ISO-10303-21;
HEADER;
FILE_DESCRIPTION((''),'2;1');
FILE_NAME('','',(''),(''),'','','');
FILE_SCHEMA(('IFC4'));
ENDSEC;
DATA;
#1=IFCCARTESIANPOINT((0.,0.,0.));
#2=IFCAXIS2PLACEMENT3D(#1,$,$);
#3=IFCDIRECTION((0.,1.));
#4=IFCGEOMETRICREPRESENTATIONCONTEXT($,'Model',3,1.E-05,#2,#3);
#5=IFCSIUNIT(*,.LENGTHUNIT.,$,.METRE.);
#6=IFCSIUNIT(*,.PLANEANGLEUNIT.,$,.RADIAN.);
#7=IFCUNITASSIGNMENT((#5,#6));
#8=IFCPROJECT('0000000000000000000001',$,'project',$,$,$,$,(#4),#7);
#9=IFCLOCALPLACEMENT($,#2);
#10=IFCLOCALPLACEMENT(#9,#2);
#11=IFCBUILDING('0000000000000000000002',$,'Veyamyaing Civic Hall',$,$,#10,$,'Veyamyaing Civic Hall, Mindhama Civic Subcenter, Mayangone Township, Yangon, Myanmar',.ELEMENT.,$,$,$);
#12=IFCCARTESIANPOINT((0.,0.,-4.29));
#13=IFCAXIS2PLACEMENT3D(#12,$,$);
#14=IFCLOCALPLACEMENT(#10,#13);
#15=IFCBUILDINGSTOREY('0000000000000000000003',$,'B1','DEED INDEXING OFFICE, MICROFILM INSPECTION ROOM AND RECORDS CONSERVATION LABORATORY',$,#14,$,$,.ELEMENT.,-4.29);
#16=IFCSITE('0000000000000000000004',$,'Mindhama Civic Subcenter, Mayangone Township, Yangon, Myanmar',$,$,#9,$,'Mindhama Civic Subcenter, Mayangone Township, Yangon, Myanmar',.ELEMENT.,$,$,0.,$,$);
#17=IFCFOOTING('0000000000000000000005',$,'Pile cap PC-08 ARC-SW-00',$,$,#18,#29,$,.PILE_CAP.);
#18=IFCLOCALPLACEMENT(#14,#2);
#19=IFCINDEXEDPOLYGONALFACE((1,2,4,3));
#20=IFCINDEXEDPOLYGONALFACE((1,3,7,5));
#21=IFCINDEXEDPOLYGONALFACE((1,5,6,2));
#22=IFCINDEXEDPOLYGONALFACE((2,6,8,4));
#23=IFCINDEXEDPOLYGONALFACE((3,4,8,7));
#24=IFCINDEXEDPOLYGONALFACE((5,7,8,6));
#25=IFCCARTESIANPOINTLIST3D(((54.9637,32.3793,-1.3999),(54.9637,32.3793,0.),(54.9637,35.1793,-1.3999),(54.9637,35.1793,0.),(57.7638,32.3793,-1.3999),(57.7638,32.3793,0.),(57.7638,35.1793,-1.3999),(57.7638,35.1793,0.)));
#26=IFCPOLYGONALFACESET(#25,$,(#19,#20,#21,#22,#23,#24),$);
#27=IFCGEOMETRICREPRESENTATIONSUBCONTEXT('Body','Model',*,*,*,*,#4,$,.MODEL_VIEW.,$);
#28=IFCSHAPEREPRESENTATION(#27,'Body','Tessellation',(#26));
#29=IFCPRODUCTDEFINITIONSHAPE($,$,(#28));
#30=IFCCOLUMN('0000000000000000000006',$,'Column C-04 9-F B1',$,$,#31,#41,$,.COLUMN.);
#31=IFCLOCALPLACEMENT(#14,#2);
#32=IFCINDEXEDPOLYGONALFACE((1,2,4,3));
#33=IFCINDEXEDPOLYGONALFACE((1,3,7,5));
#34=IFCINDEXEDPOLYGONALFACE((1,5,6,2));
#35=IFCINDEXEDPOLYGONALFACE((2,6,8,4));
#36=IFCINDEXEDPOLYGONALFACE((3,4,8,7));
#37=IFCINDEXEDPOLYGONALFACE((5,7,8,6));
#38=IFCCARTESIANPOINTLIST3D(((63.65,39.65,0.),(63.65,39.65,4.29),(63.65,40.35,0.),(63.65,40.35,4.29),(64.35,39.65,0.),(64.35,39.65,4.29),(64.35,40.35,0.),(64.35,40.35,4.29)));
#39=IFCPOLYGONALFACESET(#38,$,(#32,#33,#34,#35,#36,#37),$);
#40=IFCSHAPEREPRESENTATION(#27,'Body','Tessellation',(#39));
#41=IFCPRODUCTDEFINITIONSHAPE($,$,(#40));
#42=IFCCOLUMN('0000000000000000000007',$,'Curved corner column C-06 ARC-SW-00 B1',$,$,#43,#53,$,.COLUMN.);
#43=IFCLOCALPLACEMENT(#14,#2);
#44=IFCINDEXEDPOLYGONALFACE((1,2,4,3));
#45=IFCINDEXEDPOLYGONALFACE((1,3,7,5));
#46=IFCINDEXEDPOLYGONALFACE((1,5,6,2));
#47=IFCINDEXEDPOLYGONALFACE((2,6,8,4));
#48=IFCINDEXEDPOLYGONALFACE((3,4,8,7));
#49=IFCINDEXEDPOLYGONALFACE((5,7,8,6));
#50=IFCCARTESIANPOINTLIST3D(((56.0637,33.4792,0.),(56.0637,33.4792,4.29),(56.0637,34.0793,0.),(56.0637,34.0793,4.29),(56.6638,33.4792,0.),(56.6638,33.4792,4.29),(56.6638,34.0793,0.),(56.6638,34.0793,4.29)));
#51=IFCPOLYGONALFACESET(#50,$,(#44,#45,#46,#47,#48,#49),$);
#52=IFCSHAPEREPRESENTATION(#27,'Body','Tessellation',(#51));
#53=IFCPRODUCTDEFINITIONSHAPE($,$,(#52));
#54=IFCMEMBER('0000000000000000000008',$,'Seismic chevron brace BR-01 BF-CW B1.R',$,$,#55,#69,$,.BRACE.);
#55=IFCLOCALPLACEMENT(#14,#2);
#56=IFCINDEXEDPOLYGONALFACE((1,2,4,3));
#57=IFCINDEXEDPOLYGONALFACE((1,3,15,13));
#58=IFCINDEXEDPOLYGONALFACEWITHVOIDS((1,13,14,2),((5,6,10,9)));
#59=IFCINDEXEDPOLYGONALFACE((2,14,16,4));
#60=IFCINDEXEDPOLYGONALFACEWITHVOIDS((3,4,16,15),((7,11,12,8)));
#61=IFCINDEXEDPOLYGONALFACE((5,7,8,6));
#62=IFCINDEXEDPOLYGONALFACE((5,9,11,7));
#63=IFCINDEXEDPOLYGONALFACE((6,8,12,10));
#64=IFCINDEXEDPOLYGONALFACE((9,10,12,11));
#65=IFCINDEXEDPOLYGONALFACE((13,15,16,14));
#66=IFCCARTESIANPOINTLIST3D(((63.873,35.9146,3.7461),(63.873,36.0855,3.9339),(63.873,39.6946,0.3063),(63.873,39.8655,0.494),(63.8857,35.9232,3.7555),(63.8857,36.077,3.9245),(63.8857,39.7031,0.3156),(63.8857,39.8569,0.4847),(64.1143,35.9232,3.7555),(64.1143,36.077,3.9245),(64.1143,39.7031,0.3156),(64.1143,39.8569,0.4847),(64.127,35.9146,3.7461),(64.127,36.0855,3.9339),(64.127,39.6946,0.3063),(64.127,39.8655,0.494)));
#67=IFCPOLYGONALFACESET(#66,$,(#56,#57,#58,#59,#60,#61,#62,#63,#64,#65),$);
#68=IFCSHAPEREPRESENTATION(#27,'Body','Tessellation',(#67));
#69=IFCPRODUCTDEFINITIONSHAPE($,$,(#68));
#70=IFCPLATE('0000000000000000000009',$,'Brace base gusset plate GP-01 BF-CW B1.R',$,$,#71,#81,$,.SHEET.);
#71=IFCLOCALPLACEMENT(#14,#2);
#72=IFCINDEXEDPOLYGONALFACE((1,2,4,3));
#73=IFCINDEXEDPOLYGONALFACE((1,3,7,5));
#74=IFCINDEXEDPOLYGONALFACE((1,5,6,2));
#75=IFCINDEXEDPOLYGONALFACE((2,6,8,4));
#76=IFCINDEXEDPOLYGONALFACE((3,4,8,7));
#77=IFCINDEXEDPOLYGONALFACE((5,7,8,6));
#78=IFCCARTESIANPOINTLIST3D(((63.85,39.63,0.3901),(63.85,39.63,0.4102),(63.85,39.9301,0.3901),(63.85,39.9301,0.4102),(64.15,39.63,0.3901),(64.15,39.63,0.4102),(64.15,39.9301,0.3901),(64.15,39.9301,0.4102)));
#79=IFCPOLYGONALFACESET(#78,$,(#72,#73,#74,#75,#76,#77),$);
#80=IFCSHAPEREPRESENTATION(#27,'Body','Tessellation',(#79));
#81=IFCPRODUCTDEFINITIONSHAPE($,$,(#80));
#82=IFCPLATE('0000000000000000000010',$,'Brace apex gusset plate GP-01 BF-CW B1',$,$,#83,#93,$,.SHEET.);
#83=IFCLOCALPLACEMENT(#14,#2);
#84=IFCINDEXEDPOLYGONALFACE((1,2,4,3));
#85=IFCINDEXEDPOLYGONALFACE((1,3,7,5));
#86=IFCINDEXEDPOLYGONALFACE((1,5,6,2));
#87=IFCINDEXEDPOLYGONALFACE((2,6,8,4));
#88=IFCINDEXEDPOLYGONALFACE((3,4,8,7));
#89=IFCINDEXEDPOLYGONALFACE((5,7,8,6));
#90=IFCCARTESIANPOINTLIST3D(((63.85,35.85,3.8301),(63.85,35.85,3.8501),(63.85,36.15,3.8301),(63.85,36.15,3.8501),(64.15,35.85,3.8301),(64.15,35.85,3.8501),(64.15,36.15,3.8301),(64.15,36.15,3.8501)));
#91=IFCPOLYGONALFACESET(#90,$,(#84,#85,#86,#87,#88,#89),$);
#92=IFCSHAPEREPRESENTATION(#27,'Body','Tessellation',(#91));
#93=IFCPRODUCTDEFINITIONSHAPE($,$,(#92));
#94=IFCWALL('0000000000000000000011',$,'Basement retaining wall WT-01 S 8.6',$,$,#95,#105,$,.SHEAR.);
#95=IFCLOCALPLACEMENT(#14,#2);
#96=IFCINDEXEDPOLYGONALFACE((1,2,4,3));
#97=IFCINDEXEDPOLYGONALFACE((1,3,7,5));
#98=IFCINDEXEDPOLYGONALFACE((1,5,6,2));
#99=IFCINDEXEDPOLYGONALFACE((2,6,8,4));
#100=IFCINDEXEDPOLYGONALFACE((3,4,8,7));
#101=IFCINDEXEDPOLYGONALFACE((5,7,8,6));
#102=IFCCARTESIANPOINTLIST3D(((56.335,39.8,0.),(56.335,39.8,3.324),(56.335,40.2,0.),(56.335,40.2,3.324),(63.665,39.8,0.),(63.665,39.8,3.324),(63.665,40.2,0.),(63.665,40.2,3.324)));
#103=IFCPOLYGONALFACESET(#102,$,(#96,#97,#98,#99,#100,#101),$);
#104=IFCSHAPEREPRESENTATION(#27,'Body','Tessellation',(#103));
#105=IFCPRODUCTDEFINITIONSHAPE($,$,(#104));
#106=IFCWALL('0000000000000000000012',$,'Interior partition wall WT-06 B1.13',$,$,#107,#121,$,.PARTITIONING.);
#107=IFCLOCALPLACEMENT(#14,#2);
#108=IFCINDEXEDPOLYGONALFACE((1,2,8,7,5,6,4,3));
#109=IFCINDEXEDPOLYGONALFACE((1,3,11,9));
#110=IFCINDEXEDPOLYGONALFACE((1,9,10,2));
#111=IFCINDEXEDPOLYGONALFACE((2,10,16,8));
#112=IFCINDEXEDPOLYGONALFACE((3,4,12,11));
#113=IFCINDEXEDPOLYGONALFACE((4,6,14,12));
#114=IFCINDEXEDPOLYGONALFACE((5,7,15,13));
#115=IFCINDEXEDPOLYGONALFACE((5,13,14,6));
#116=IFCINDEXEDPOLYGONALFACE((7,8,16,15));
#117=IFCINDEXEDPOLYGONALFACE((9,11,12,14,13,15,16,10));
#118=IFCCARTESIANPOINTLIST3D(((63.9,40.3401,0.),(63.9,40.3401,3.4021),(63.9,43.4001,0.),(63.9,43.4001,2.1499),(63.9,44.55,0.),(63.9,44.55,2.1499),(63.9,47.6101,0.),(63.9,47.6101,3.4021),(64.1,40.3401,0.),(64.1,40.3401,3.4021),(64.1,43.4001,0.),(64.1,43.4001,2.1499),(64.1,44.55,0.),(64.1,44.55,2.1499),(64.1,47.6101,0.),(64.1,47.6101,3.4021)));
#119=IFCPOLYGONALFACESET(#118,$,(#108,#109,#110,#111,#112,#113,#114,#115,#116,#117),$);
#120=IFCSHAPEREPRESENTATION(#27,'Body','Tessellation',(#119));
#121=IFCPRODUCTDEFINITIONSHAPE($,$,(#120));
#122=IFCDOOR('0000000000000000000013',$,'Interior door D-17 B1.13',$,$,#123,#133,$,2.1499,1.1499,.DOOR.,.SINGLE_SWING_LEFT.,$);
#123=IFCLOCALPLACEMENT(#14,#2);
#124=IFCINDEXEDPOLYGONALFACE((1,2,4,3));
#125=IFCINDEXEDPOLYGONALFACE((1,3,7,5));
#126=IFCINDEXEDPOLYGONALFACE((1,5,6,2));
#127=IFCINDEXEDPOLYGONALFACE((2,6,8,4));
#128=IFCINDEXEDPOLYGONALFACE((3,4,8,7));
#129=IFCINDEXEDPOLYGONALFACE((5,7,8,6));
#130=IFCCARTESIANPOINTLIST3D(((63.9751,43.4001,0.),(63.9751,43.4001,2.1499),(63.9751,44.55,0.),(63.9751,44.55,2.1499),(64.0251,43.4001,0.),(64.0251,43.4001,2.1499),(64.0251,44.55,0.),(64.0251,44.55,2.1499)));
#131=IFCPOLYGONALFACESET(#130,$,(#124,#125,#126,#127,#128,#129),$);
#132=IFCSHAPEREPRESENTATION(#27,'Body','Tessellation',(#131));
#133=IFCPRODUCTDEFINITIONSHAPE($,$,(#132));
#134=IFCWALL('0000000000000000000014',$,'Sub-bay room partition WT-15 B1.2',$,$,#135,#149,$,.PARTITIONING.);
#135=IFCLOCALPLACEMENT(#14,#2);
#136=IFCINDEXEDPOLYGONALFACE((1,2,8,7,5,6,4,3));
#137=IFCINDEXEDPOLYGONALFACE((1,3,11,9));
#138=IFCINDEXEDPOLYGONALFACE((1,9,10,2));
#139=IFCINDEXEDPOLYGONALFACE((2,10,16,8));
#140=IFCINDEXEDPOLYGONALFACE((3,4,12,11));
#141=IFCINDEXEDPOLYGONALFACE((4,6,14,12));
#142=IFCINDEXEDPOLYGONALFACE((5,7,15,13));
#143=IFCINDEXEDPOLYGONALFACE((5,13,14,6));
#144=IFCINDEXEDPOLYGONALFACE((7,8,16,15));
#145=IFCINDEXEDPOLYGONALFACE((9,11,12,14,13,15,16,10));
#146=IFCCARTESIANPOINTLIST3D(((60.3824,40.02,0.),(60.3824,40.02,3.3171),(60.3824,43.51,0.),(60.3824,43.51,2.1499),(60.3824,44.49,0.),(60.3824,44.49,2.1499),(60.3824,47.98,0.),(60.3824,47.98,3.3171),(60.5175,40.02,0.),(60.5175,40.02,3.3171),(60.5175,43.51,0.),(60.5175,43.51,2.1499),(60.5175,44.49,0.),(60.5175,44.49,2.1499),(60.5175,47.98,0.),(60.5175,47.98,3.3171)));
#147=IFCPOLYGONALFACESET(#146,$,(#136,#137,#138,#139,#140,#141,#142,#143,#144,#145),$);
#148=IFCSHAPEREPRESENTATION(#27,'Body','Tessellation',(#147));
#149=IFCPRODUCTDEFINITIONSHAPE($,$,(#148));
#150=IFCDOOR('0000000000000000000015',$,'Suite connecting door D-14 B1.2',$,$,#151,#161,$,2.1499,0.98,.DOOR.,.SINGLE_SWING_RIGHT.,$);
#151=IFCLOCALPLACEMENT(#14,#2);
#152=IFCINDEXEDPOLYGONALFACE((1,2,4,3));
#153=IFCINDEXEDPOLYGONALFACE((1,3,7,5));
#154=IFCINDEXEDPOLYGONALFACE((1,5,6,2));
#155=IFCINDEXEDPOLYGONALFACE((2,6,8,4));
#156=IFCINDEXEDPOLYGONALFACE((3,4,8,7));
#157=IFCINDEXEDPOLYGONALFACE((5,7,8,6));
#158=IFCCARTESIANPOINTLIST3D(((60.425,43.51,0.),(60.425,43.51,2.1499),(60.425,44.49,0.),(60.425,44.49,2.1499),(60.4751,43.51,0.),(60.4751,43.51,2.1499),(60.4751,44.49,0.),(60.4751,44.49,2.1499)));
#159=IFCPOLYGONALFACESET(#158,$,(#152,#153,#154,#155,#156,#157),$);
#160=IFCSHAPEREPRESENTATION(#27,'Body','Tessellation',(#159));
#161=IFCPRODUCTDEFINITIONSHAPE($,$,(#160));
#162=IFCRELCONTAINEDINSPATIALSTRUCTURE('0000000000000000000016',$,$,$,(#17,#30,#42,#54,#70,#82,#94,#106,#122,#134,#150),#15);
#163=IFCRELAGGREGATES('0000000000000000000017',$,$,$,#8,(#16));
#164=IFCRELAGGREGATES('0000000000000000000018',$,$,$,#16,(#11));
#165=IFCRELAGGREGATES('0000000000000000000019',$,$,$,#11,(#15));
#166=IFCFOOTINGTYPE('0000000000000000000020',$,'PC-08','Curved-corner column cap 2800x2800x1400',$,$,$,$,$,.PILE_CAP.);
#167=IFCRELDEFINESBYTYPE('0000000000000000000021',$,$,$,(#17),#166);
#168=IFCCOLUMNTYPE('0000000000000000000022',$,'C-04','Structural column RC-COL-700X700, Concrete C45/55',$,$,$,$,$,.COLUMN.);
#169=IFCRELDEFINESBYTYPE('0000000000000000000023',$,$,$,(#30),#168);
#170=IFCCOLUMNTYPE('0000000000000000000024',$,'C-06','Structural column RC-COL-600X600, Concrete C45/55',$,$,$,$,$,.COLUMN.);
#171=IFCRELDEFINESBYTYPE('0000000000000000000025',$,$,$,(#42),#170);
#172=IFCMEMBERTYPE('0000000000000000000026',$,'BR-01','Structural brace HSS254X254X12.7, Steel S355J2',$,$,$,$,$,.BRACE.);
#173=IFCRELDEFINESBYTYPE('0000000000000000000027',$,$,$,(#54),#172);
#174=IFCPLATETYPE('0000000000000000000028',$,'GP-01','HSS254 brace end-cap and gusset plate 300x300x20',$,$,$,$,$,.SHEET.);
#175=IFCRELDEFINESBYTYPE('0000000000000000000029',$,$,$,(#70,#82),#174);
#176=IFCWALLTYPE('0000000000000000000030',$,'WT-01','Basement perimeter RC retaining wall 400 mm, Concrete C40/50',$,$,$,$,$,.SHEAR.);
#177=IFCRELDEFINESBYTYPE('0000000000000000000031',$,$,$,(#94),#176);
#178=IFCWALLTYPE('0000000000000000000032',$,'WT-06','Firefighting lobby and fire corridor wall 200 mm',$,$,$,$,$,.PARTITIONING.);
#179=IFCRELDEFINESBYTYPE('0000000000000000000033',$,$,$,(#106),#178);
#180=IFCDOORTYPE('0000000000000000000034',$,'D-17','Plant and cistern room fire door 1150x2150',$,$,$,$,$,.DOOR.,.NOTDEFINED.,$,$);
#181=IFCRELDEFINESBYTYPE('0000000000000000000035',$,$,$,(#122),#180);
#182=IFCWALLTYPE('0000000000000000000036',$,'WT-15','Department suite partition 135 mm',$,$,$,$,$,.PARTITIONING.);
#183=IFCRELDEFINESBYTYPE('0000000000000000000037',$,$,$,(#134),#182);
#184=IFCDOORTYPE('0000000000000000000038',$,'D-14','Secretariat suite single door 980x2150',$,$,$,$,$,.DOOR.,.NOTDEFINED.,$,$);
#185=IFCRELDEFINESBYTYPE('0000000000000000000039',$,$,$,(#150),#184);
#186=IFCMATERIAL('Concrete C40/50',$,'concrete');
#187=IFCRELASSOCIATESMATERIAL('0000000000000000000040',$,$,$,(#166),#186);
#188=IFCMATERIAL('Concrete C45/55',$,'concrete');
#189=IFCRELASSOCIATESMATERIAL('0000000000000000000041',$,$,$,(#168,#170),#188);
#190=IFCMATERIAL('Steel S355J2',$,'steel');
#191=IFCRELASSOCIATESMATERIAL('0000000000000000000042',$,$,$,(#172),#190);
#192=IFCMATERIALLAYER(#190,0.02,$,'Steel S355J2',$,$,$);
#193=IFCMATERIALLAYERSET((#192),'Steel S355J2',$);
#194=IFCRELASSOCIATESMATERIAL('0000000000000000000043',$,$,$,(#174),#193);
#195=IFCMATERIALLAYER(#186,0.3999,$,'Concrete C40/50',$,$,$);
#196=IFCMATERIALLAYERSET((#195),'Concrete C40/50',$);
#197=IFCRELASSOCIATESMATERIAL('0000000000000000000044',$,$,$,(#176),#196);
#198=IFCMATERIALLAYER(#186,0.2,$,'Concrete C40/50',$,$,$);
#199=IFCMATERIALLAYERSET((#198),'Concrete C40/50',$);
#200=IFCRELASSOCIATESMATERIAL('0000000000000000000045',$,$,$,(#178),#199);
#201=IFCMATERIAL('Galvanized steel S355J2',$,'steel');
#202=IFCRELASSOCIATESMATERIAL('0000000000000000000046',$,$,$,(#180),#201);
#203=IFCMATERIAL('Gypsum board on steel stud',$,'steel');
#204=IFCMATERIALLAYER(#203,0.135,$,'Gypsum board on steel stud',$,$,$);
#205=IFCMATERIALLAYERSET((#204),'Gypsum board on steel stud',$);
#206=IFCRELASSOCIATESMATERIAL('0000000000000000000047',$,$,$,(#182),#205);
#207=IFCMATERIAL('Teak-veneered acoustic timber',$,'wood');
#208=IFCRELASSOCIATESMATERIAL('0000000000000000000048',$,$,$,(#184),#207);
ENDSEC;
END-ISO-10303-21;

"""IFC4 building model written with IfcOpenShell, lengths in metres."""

from ifc_helpers import new_model, si_unit, direction, frame, frame_2d, origin, origin_2d, place, context, subcontext, project, spatial, rectangle, hollow_rectangle, extrude, material, layer, layer_set, material_profile, profile_set, type_object, element, fill, save


model = new_model("IFC4")

# Units and contexts
model_context = context("Model", 3, precision=1e-05, world=origin(), true_north=direction((0.0, 1.0)))
body_context = subcontext(model_context, "Body", "Model", "MODEL_VIEW")
ifc_project = project(units=[si_unit("LENGTHUNIT", "METRE"), si_unit("PLANEANGLEUNIT", "RADIAN")], contexts=[model_context])

# Site, building, storey
site_placement = place(None, origin())
site = spatial("IfcSite", under=ifc_project, at=site_placement, Name="Mindhama Civic Subcenter, Mayangone Township, Yangon, Myanmar", LongName="Mindhama Civic Subcenter, Mayangone Township, Yangon, Myanmar", CompositionType="ELEMENT", RefElevation=0.0)
building_placement = place(site_placement, origin())
building = spatial("IfcBuilding", under=site, at=building_placement, Name="Veyamyaing Civic Hall", LongName="Veyamyaing Civic Hall, Mindhama Civic Subcenter, Mayangone Township, Yangon, Myanmar", CompositionType="ELEMENT")
storey_placement = place(building_placement, frame((0.0, 0.0, -4.29)))
storey = spatial("IfcBuildingStorey", under=building, at=storey_placement, Name="B1", Description="DEED INDEXING OFFICE, MICROFILM INSPECTION ROOM AND RECORDS CONSERVATION LABORATORY", CompositionType="ELEMENT", Elevation=-4.29)

# Shared definitions
ifc_material_1 = material(Name="Concrete C40/50", Category="concrete")

# Footing
footing_type_1 = type_object("IfcFootingType", Name="PC-08", Description="Curved-corner column cap 2800x2800x1400", PredefinedType="PILE_CAP", material=ifc_material_1)
footing_1_placement = place(storey_placement, frame((56.3638, 33.7793, -1.3999), z_axis=(0.0, 0.0, 1.0), x_axis=(1.0, 0.0, 0.0)))
element("IfcFooting", 1, at=footing_1_placement, inside=storey, type_object=footing_type_1, Name="Pile cap PC-08 ARC-SW-00", PredefinedType="PILE_CAP", context=body_context, shape_type="SweptSolid", body=[
    extrude(rectangle(XDim=2.8, YDim=2.8, at=origin_2d()), origin(), (0.0, 0.0, 1.0), 1.3999),
])

# Columns
ifc_material_2 = material(Name="Concrete C45/55", Category="concrete")
ifc_material_profile_1 = material_profile(ifc_material_2, rectangle(XDim=0.7, YDim=0.7, at=origin_2d()), Name="RC-COL-700X700")
ifc_profile_set_1 = profile_set([ifc_material_profile_1], Name="Concrete C45/55")
column_type_1 = type_object("IfcColumnType", Name="C-04", Description="Structural column RC-COL-700X700, Concrete C45/55", PredefinedType="COLUMN", material=ifc_profile_set_1)
column_1_placement = place(storey_placement, frame((64.0, 40.0, 0.0), z_axis=(0.0, 0.0, 1.0), x_axis=(1.0, 0.0, 0.0)))
element("IfcColumn", 2, at=column_1_placement, inside=storey, type_object=column_type_1, Name="Column C-04 9-F B1", PredefinedType="COLUMN", context=body_context, shape_type="SweptSolid", body=[
    extrude(rectangle(XDim=0.7, YDim=0.7, at=origin_2d()), origin(), (0.0, 0.0, 1.0), 4.29),
])
ifc_material_profile_2 = material_profile(ifc_material_2, rectangle(XDim=0.6001, YDim=0.6001, at=origin_2d()), Name="RC-COL-600X600")
ifc_profile_set_2 = profile_set([ifc_material_profile_2], Name="Concrete C45/55")
column_type_2 = type_object("IfcColumnType", Name="C-06", Description="Structural column RC-COL-600X600, Concrete C45/55", PredefinedType="COLUMN", material=ifc_profile_set_2)
column_2_placement = place(storey_placement, frame((56.3638, 33.7793, 0.0), z_axis=(0.0, 0.0, 1.0), x_axis=(1.0, 0.0, 0.0)))
element("IfcColumn", 3, at=column_2_placement, inside=storey, type_object=column_type_2, Name="Curved corner column C-06 ARC-SW-00 B1", PredefinedType="COLUMN", context=body_context, shape_type="SweptSolid", body=[
    extrude(rectangle(XDim=0.6001, YDim=0.6001, at=origin_2d()), origin(), (0.0, 0.0, 1.0), 4.29),
])

# Member
ifc_material_3 = material(Name="Steel S355J2", Category="steel")
ifc_material_profile_3 = material_profile(ifc_material_3, hollow_rectangle(XDim=0.2539, YDim=0.2539, WallThickness=0.0127, at=origin_2d()), Name="HSS254X254X12.7")
ifc_profile_set_3 = profile_set([ifc_material_profile_3], Name="Steel S355J2")
member_type = type_object("IfcMemberType", Name="BR-01", Description="Structural brace HSS254X254X12.7, Steel S355J2", PredefinedType="BRACE", material=ifc_profile_set_3)
member_placement = place(storey_placement, frame((64.0, 39.78, 0.4001), z_axis=(0.0, -0.739594, 0.673053), x_axis=(1.0, 0.0, 0.0)))
element("IfcMember", 4, at=member_placement, inside=storey, type_object=member_type, Name="Seismic chevron brace BR-01 BF-CW B1.R", PredefinedType="BRACE", context=body_context, shape_type="SweptSolid", body=[
    extrude(hollow_rectangle(XDim=0.2539, YDim=0.2539, WallThickness=0.0127, at=origin_2d()), origin(), (0.0, 0.0, 1.0), 5.1108),
])

# Plates
ifc_layer_1 = layer(ifc_material_3, 0.02, Name="Steel S355J2")
ifc_layer_set_1 = layer_set([ifc_layer_1], Name="Steel S355J2")
plate_type = type_object("IfcPlateType", Name="GP-01", Description="HSS254 brace end-cap and gusset plate 300x300x20", PredefinedType="SHEET", material=ifc_layer_set_1)
for number, where, z_axis, x_axis, name in (
    (5, (64.0, 39.78, 0.3901), (0.0, 0.0, 1.0), (1.0, 0.0, 0.0), "Brace base gusset plate GP-01 BF-CW B1.R"),
    (6, (64.0, 36.0, 3.8301), (0.0, 0.0, 1.0), (1.0, 0.0, 0.0), "Brace apex gusset plate GP-01 BF-CW B1"),
):
    element("IfcPlate", number, at=place(storey_placement, frame(where, z_axis=z_axis, x_axis=x_axis)), inside=storey, type_object=plate_type, Name=name, PredefinedType="SHEET", context=body_context, shape_type="SweptSolid", body=[
        extrude(rectangle(XDim=0.3, YDim=0.3, at=origin_2d()), origin(), (0.0, 0.0, 1.0), 0.02),
    ])

# Wall
ifc_layer_2 = layer(ifc_material_1, 0.3999, Name="Concrete C40/50")
ifc_layer_set_2 = layer_set([ifc_layer_2], Name="Concrete C40/50")
wall_type_1 = type_object("IfcWallType", Name="WT-01", Description="Basement perimeter RC retaining wall 400 mm, Concrete C40/50", PredefinedType="SHEAR", material=ifc_layer_set_2)
wall_1_placement = place(storey_placement, frame((56.335, 40.0, 0.0), z_axis=(0.0, 0.0, 1.0), x_axis=(1.0, 0.0, 0.0)))
element("IfcWall", 7, at=wall_1_placement, inside=storey, type_object=wall_type_1, Name="Basement retaining wall WT-01 S 8.6", PredefinedType="SHEAR", context=body_context, shape_type="SweptSolid", body=[
    extrude(rectangle(XDim=7.3301, YDim=0.3999, at=frame_2d((3.665, 0.0))), origin(), (0.0, 0.0, 1.0), 3.324),
])

# Walls, openings, doors
ifc_layer_3 = layer(ifc_material_1, 0.2, Name="Concrete C40/50")
ifc_layer_set_3 = layer_set([ifc_layer_3], Name="Concrete C40/50")
wall_type_2 = type_object("IfcWallType", Name="WT-06", Description="Firefighting lobby and fire corridor wall 200 mm", PredefinedType="PARTITIONING", material=ifc_layer_set_3)
wall_2_placement = place(storey_placement, frame((64.0, 40.3401, 0.0), z_axis=(0.0, 0.0, 1.0), x_axis=(0.0, 1.0, 0.0)))
wall_2 = element("IfcWall", 8, at=wall_2_placement, inside=storey, type_object=wall_type_2, Name="Interior partition wall WT-06 B1.13", PredefinedType="PARTITIONING", context=body_context, shape_type="SweptSolid", body=[
    extrude(rectangle(XDim=7.27, YDim=0.2, at=frame_2d((3.635, 0.0))), origin(), (0.0, 0.0, 1.0), 3.4021),
])
opening_1_placement = place(wall_2_placement, frame((3.0601, 0.0, 0.0)))
opening_1 = element("IfcOpeningElement", 9, at=opening_1_placement, cuts=wall_2, PredefinedType="OPENING", context=body_context, shape_type="SweptSolid", body=[
    extrude(rectangle(XDim=1.1499, YDim=2.1499, at=frame_2d((0.575, 1.075))), frame((0.0, 0.1099, 0.0), z_axis=(0.0, -1.0, 0.0), x_axis=(1.0, 0.0, 0.0)), (0.0, 0.0, 1.0), 0.22),
])
ifc_material_4 = material(Name="Galvanized steel S355J2", Category="steel")
door_type_1 = type_object("IfcDoorType", Name="D-17", Description="Plant and cistern room fire door 1150x2150", OperationType="NOTDEFINED", PredefinedType="DOOR", material=ifc_material_4)
door_1_placement = place(opening_1_placement, origin())
door_1 = element("IfcDoor", 10, at=door_1_placement, inside=storey, type_object=door_type_1, Name="Interior door D-17 B1.13", OperationType="SINGLE_SWING_LEFT", OverallHeight=2.1499, OverallWidth=1.1499, PredefinedType="DOOR", context=body_context, shape_type="SweptSolid", body=[
    extrude(rectangle(XDim=1.1499, YDim=2.1499, at=frame_2d((0.575, 1.075))), frame((0.0, 0.0249, 0.0), z_axis=(0.0, -1.0, 0.0), x_axis=(1.0, 0.0, 0.0)), (0.0, 0.0, 1.0), 0.05),
])
fill(opening_1, door_1)
ifc_material_5 = material(Name="Gypsum board on steel stud", Category="steel")
ifc_layer_4 = layer(ifc_material_5, 0.135, Name="Gypsum board on steel stud")
ifc_layer_set_4 = layer_set([ifc_layer_4], Name="Gypsum board on steel stud")
wall_type_3 = type_object("IfcWallType", Name="WT-15", Description="Department suite partition 135 mm", PredefinedType="PARTITIONING", material=ifc_layer_set_4)
wall_3_placement = place(storey_placement, frame((60.45, 40.02, 0.0), z_axis=(0.0, 0.0, 1.0), x_axis=(0.0, 1.0, 0.0)))
wall_3 = element("IfcWall", 11, at=wall_3_placement, inside=storey, type_object=wall_type_3, Name="Sub-bay room partition WT-15 B1.2", PredefinedType="PARTITIONING", context=body_context, shape_type="SweptSolid", body=[
    extrude(rectangle(XDim=7.96, YDim=0.135, at=frame_2d((3.98, 0.0))), origin(), (0.0, 0.0, 1.0), 3.3171),
])
opening_2_placement = place(wall_3_placement, frame((3.49, 0.0, 0.0)))
opening_2 = element("IfcOpeningElement", 12, at=opening_2_placement, cuts=wall_3, PredefinedType="OPENING", context=body_context, shape_type="SweptSolid", body=[
    extrude(rectangle(XDim=0.98, YDim=2.1499, at=frame_2d((0.49, 1.075))), frame((0.0, 0.0774, 0.0), z_axis=(0.0, -1.0, 0.0), x_axis=(1.0, 0.0, 0.0)), (0.0, 0.0, 1.0), 0.155),
])
ifc_material_6 = material(Name="Teak-veneered acoustic timber", Category="wood")
door_type_2 = type_object("IfcDoorType", Name="D-14", Description="Secretariat suite single door 980x2150", OperationType="NOTDEFINED", PredefinedType="DOOR", material=ifc_material_6)
door_2_placement = place(opening_2_placement, origin())
door_2 = element("IfcDoor", 13, at=door_2_placement, inside=storey, type_object=door_type_2, Name="Suite connecting door D-14 B1.2", OperationType="SINGLE_SWING_RIGHT", OverallHeight=2.1499, OverallWidth=0.98, PredefinedType="DOOR", context=body_context, shape_type="SweptSolid", body=[
    extrude(rectangle(XDim=0.98, YDim=2.1499, at=frame_2d((0.49, 1.075))), frame((0.0, 0.0249, 0.0), z_axis=(0.0, -1.0, 0.0), x_axis=(1.0, 0.0, 0.0)), (0.0, 0.0, 1.0), 0.05),
])
fill(opening_2, door_2)

save(model, "model.ifc")
